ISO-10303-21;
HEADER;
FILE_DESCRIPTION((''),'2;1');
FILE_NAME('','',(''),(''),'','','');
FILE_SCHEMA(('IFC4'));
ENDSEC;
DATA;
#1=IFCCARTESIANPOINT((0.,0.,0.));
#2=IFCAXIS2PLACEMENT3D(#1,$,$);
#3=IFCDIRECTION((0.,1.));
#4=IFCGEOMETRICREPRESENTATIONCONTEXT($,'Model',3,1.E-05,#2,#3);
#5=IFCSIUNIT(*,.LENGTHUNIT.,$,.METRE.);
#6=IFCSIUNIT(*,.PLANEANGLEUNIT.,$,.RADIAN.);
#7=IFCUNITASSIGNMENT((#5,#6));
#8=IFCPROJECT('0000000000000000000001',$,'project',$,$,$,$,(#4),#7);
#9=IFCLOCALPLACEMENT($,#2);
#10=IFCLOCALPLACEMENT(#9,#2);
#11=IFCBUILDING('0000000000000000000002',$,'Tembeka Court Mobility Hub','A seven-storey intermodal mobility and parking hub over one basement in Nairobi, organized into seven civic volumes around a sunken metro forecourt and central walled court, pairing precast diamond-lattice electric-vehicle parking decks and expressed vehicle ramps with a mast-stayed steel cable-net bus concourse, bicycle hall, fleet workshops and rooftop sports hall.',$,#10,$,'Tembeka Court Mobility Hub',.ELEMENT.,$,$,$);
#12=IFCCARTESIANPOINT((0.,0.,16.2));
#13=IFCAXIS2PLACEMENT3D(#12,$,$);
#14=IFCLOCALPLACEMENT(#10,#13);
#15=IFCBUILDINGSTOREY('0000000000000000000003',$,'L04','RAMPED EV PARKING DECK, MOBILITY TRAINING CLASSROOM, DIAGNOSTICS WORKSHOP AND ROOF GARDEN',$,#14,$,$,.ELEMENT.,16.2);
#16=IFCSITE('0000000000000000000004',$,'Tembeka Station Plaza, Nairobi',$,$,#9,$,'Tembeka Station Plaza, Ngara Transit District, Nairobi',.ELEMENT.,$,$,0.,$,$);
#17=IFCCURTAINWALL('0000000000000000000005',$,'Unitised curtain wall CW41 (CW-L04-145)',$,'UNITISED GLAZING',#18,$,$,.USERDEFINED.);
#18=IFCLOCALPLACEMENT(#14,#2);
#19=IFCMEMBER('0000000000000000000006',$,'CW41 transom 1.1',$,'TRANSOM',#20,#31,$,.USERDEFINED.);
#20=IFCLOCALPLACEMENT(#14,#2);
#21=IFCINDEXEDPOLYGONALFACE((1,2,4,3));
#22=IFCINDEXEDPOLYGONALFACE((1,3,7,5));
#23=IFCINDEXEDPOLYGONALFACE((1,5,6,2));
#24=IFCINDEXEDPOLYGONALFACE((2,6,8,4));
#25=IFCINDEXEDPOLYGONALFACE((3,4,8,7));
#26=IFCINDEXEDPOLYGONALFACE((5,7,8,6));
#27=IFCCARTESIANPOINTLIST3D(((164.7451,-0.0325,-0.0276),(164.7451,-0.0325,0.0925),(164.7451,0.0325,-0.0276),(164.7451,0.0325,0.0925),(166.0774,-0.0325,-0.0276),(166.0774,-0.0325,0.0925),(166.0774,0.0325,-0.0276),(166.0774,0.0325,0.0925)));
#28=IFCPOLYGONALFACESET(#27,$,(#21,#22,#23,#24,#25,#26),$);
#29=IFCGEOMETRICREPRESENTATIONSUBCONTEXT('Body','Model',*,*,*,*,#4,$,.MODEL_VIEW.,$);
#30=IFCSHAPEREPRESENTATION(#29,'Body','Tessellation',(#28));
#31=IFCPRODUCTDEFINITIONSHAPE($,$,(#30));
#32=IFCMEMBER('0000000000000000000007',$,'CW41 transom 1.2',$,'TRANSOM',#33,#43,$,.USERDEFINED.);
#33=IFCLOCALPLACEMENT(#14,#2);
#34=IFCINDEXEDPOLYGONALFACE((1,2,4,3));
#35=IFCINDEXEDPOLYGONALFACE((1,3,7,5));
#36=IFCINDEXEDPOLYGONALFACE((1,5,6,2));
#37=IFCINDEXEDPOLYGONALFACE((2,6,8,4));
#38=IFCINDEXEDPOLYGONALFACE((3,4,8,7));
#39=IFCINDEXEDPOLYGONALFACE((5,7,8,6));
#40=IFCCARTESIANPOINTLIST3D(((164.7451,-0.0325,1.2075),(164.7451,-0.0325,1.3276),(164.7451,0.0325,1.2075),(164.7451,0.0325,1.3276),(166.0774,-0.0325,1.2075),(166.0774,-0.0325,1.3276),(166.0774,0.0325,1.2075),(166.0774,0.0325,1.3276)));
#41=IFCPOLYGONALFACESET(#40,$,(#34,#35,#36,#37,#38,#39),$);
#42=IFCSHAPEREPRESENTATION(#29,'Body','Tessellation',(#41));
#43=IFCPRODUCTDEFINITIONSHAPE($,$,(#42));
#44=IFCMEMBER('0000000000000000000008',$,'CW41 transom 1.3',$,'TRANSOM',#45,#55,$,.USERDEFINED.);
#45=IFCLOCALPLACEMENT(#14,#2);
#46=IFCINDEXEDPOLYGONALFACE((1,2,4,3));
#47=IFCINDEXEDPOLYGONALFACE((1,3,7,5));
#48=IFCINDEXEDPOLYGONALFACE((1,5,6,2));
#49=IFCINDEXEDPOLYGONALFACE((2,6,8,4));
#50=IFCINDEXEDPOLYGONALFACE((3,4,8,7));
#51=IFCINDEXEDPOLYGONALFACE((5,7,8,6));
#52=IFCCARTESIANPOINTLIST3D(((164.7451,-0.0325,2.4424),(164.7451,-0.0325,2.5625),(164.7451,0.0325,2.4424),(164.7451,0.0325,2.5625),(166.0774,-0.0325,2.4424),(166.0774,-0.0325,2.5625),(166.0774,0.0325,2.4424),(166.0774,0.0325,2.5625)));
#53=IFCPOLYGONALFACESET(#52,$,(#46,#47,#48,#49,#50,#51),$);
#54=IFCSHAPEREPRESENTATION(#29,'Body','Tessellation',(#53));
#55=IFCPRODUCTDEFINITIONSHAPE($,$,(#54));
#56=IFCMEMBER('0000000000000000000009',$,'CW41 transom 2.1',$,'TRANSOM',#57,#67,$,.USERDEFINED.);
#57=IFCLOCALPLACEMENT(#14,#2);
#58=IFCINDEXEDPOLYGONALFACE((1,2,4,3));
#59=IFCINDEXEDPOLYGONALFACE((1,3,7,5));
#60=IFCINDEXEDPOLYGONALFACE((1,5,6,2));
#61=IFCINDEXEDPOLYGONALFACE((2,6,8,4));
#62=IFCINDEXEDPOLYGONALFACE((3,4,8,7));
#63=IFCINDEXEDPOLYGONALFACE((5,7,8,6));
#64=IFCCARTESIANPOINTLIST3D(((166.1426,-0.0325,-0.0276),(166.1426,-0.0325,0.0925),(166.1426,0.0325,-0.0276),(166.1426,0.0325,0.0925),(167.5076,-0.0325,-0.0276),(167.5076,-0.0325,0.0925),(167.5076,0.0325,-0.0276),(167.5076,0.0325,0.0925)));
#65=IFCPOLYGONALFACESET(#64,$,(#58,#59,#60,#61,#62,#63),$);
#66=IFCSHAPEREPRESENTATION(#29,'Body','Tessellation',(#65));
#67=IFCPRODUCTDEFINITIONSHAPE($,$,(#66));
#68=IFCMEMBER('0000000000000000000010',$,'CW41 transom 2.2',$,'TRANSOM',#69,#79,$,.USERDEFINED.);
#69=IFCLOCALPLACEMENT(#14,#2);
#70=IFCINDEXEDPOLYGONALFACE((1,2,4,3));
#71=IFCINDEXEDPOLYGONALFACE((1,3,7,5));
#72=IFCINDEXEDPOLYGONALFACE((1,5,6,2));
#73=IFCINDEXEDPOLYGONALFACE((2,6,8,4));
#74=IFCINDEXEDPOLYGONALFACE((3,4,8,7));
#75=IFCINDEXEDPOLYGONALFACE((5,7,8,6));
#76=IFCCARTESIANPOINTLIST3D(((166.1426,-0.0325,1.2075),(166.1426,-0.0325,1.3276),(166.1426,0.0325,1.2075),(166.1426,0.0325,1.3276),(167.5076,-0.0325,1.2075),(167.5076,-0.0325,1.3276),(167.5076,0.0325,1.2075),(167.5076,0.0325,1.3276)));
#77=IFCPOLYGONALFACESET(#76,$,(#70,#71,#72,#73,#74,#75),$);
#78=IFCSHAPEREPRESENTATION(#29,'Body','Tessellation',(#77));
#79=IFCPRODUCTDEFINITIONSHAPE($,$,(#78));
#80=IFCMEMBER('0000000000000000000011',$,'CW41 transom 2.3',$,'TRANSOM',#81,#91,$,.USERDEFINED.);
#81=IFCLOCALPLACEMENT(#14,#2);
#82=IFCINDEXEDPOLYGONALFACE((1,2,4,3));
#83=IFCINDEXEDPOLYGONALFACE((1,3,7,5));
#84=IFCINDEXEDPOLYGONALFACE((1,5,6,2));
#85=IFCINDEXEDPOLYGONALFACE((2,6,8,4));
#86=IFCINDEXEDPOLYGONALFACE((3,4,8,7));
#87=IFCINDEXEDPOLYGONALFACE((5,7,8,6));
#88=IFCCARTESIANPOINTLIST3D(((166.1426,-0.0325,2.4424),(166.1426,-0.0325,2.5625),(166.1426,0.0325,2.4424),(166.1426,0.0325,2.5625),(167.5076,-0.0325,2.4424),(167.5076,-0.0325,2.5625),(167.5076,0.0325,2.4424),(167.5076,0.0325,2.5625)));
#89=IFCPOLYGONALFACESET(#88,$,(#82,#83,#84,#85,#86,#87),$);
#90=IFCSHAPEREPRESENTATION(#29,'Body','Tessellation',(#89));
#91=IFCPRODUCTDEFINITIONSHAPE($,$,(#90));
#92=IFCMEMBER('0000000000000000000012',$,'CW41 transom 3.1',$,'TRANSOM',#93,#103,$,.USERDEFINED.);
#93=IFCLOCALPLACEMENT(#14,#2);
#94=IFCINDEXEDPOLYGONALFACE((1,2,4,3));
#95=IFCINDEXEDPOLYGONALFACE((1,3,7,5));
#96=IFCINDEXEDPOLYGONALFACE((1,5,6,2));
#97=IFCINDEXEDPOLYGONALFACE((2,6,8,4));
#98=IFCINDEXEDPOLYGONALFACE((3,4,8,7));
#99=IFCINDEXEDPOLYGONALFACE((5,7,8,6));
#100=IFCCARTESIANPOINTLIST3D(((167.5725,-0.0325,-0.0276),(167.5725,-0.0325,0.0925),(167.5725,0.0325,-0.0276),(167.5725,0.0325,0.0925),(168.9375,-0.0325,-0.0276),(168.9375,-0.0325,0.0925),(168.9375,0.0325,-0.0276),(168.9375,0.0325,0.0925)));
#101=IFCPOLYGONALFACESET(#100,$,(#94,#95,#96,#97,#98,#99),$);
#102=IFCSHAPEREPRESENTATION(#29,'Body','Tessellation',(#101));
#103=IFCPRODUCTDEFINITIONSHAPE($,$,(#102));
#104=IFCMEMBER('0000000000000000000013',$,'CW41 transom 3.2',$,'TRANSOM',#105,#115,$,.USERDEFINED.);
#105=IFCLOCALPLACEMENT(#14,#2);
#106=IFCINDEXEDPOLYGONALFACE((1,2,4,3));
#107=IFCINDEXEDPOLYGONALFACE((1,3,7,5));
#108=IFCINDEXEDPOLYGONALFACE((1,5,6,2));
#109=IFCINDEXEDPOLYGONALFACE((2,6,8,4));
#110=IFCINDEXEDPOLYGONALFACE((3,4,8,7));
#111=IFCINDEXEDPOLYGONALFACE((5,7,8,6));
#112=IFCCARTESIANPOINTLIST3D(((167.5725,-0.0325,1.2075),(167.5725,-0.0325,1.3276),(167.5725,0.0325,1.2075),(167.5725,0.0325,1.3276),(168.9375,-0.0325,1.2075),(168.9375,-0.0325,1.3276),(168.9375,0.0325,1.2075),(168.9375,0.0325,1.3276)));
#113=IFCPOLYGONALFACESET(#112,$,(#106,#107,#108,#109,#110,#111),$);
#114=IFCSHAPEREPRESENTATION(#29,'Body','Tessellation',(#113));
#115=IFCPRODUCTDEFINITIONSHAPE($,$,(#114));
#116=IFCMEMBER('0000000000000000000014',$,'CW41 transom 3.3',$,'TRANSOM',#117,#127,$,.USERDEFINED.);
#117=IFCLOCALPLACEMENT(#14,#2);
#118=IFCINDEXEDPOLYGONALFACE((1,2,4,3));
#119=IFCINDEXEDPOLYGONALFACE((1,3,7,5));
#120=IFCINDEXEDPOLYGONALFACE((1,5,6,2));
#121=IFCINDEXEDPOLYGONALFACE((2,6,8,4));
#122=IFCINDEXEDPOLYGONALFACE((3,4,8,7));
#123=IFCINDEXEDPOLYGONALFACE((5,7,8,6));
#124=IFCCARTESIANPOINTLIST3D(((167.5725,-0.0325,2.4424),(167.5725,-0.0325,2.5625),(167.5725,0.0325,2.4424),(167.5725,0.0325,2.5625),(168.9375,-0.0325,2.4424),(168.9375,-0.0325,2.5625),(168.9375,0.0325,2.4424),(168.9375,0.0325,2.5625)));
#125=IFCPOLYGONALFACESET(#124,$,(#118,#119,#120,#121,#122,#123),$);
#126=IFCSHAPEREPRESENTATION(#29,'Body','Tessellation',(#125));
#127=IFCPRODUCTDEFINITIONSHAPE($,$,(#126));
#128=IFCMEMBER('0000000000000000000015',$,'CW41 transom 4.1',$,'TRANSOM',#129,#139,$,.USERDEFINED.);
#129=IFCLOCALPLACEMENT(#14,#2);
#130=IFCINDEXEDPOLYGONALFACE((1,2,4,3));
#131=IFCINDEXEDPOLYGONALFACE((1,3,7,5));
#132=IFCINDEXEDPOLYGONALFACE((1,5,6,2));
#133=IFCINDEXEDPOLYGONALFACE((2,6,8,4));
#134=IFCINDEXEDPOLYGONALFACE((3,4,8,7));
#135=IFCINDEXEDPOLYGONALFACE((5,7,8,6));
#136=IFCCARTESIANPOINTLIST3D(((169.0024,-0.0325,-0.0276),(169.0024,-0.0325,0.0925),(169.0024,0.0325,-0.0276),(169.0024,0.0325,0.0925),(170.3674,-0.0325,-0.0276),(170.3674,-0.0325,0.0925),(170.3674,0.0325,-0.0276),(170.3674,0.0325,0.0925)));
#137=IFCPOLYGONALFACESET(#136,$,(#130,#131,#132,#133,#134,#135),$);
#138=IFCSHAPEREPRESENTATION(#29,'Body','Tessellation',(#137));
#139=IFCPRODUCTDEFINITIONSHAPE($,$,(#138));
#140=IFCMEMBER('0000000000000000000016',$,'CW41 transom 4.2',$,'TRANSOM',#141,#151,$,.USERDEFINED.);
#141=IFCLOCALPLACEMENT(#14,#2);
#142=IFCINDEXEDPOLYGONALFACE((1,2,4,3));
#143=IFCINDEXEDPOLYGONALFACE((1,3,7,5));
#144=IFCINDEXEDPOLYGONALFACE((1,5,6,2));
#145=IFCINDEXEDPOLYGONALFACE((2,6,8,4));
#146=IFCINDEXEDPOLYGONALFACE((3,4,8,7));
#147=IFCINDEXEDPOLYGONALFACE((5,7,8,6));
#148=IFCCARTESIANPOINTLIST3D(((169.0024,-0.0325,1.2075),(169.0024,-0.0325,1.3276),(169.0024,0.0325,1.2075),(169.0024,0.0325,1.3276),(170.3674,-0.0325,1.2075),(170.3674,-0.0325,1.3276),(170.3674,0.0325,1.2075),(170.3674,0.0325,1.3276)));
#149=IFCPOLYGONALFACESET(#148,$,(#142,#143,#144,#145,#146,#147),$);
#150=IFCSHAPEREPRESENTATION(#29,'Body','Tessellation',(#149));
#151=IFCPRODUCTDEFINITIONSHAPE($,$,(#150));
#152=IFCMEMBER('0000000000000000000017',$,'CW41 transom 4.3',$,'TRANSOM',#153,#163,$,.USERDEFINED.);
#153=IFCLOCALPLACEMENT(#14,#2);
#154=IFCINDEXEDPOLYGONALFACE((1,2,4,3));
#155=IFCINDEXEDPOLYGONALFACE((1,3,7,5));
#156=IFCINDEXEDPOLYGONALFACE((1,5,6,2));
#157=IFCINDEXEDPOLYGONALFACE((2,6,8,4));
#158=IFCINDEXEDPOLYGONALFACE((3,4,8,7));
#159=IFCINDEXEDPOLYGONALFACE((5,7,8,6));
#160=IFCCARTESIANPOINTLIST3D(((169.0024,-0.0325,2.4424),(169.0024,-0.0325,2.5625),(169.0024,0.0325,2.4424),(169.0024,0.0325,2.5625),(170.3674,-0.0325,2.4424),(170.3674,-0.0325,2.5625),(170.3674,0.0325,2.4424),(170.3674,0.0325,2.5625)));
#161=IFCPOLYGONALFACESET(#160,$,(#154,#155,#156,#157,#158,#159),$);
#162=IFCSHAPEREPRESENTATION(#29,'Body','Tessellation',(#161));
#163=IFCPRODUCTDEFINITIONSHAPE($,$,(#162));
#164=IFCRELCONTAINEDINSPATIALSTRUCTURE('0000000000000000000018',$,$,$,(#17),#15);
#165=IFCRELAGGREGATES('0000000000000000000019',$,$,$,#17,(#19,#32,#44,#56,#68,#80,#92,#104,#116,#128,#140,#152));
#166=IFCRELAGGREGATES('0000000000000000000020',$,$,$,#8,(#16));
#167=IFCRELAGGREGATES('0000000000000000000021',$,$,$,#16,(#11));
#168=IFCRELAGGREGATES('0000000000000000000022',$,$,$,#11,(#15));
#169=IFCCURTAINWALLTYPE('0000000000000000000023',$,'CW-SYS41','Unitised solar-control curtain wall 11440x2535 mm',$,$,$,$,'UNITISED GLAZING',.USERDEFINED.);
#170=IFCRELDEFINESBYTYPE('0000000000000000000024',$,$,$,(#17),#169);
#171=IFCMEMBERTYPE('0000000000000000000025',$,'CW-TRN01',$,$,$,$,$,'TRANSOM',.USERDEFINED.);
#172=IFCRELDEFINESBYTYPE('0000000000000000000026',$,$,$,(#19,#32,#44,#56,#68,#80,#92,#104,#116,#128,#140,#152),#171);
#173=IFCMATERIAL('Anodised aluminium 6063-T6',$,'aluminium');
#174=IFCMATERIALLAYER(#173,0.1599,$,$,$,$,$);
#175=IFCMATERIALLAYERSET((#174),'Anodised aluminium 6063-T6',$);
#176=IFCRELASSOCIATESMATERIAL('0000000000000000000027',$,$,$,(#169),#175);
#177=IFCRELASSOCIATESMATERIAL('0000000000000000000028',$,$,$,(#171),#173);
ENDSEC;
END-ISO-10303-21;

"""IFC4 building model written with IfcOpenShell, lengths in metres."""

from ifc_helpers import new_model, si_unit, direction, frame, origin, origin_2d, place, context, subcontext, project, spatial, rectangle, extrude, material, layer, layer_set, material_profile, profile_set, type_object, element, aggregate, save


model = new_model("IFC4")

# Units and contexts
model_context = context("Model", 3, precision=1e-05, world=origin(), true_north=direction((0.0, 1.0)))
body_context = subcontext(model_context, "Body", "Model", "MODEL_VIEW")
ifc_project = project(units=[si_unit("LENGTHUNIT", "METRE"), si_unit("PLANEANGLEUNIT", "RADIAN")], contexts=[model_context])

# Site, building, storey
site_placement = place(None, origin())
site = spatial("IfcSite", under=ifc_project, at=site_placement, Name="Tembeka Station Plaza, Nairobi", LongName="Tembeka Station Plaza, Ngara Transit District, Nairobi", CompositionType="ELEMENT", RefElevation=0.0)
building_placement = place(site_placement, origin())
building = spatial("IfcBuilding", under=site, at=building_placement, Name="Tembeka Court Mobility Hub", Description="A seven-storey intermodal mobility and parking hub over one basement in Nairobi, organized into seven civic volumes around a sunken metro forecourt and central walled court, pairing precast diamond-lattice electric-vehicle parking decks and expressed vehicle ramps with a mast-stayed steel cable-net bus concourse, bicycle hall, fleet workshops and rooftop sports hall.", LongName="Tembeka Court Mobility Hub", CompositionType="ELEMENT")
storey_placement = place(building_placement, frame((0.0, 0.0, 16.2)))
storey = spatial("IfcBuildingStorey", under=building, at=storey_placement, Name="L04", Description="RAMPED EV PARKING DECK, MOBILITY TRAINING CLASSROOM, DIAGNOSTICS WORKSHOP AND ROOF GARDEN", CompositionType="ELEMENT", Elevation=16.2)

# Curtain wall, members
ifc_material_1 = material(Name="Anodised aluminium 6063-T6", Category="aluminium")
ifc_layer_1 = layer(ifc_material_1, 0.1599)
ifc_layer_set_1 = layer_set([ifc_layer_1], Name="Anodised aluminium 6063-T6")
curtain_wall_type = type_object("IfcCurtainWallType", Name="CW-SYS41", Description="Unitised solar-control curtain wall 11440x2535 mm", ElementType="UNITISED GLAZING", PredefinedType="USERDEFINED", material=ifc_layer_set_1)
curtain_wall_placement = place(storey_placement, origin())
curtain_wall = element("IfcCurtainWall", 1, at=curtain_wall_placement, inside=storey, type_object=curtain_wall_type, Name="Unitised curtain wall CW41 (CW-L04-145)", ObjectType="UNITISED GLAZING", PredefinedType="USERDEFINED")
ifc_material_profile_1 = material_profile(ifc_material_1, rectangle(XDim=0.0649, YDim=0.1201, at=origin_2d()), Name="ALU-TRN 65x120")
ifc_profile_set_1 = profile_set([ifc_material_profile_1], Name="Anodised aluminium 6063-T6")
member_type_1 = type_object("IfcMemberType", Name="CW-TRN01", ElementType="TRANSOM", PredefinedType="USERDEFINED", material=ifc_profile_set_1)
member_1_placement = place(storey_placement, frame((164.7451, 0.0, 0.0325), z_axis=(1.0, 0.0, 0.0), x_axis=(0.0, 1.0, 0.0)))
member_1 = element("IfcMember", 2, at=member_1_placement, type_object=member_type_1, Name="CW41 transom 1.1", ObjectType="TRANSOM", PredefinedType="USERDEFINED", context=body_context, shape_type="SweptSolid", body=[
    extrude(rectangle(XDim=0.0649, YDim=0.1201, at=origin_2d()), origin(), (0.0, 0.0, 1.0), 1.3323),
])
member_2_placement = place(storey_placement, frame((164.7451, 0.0, 1.2676), z_axis=(1.0, 0.0, 0.0), x_axis=(0.0, 1.0, 0.0)))
member_2 = element("IfcMember", 3, at=member_2_placement, type_object=member_type_1, Name="CW41 transom 1.2", ObjectType="TRANSOM", PredefinedType="USERDEFINED", context=body_context, shape_type="SweptSolid", body=[
    extrude(rectangle(XDim=0.0649, YDim=0.1201, at=origin_2d()), origin(), (0.0, 0.0, 1.0), 1.3323),
])
member_3_placement = place(storey_placement, frame((164.7451, 0.0, 2.5024), z_axis=(1.0, 0.0, 0.0), x_axis=(0.0, 1.0, 0.0)))
member_3 = element("IfcMember", 4, at=member_3_placement, type_object=member_type_1, Name="CW41 transom 1.3", ObjectType="TRANSOM", PredefinedType="USERDEFINED", context=body_context, shape_type="SweptSolid", body=[
    extrude(rectangle(XDim=0.0649, YDim=0.1201, at=origin_2d()), origin(), (0.0, 0.0, 1.0), 1.3323),
])
member_4_placement = place(storey_placement, frame((166.1426, 0.0, 0.0325), z_axis=(1.0, 0.0, 0.0), x_axis=(0.0, 1.0, 0.0)))
member_4 = element("IfcMember", 5, at=member_4_placement, type_object=member_type_1, Name="CW41 transom 2.1", ObjectType="TRANSOM", PredefinedType="USERDEFINED", context=body_context, shape_type="SweptSolid", body=[
    extrude(rectangle(XDim=0.0649, YDim=0.1201, at=origin_2d()), origin(), (0.0, 0.0, 1.0), 1.365),
])
member_5_placement = place(storey_placement, frame((166.1426, 0.0, 1.2676), z_axis=(1.0, 0.0, 0.0), x_axis=(0.0, 1.0, 0.0)))
member_5 = element("IfcMember", 6, at=member_5_placement, type_object=member_type_1, Name="CW41 transom 2.2", ObjectType="TRANSOM", PredefinedType="USERDEFINED", context=body_context, shape_type="SweptSolid", body=[
    extrude(rectangle(XDim=0.0649, YDim=0.1201, at=origin_2d()), origin(), (0.0, 0.0, 1.0), 1.365),
])
member_6_placement = place(storey_placement, frame((166.1426, 0.0, 2.5024), z_axis=(1.0, 0.0, 0.0), x_axis=(0.0, 1.0, 0.0)))
member_6 = element("IfcMember", 7, at=member_6_placement, type_object=member_type_1, Name="CW41 transom 2.3", ObjectType="TRANSOM", PredefinedType="USERDEFINED", context=body_context, shape_type="SweptSolid", body=[
    extrude(rectangle(XDim=0.0649, YDim=0.1201, at=origin_2d()), origin(), (0.0, 0.0, 1.0), 1.365),
])
member_7_placement = place(storey_placement, frame((167.5725, 0.0, 0.0325), z_axis=(1.0, 0.0, 0.0), x_axis=(0.0, 1.0, 0.0)))
member_7 = element("IfcMember", 8, at=member_7_placement, type_object=member_type_1, Name="CW41 transom 3.1", ObjectType="TRANSOM", PredefinedType="USERDEFINED", context=body_context, shape_type="SweptSolid", body=[
    extrude(rectangle(XDim=0.0649, YDim=0.1201, at=origin_2d()), origin(), (0.0, 0.0, 1.0), 1.365),
])
member_8_placement = place(storey_placement, frame((167.5725, 0.0, 1.2676), z_axis=(1.0, 0.0, 0.0), x_axis=(0.0, 1.0, 0.0)))
member_8 = element("IfcMember", 9, at=member_8_placement, type_object=member_type_1, Name="CW41 transom 3.2", ObjectType="TRANSOM", PredefinedType="USERDEFINED", context=body_context, shape_type="SweptSolid", body=[
    extrude(rectangle(XDim=0.0649, YDim=0.1201, at=origin_2d()), origin(), (0.0, 0.0, 1.0), 1.365),
])
member_9_placement = place(storey_placement, frame((167.5725, 0.0, 2.5024), z_axis=(1.0, 0.0, 0.0), x_axis=(0.0, 1.0, 0.0)))
member_9 = element("IfcMember", 10, at=member_9_placement, type_object=member_type_1, Name="CW41 transom 3.3", ObjectType="TRANSOM", PredefinedType="USERDEFINED", context=body_context, shape_type="SweptSolid", body=[
    extrude(rectangle(XDim=0.0649, YDim=0.1201, at=origin_2d()), origin(), (0.0, 0.0, 1.0), 1.365),
])
member_10_placement = place(storey_placement, frame((169.0024, 0.0, 0.0325), z_axis=(1.0, 0.0, 0.0), x_axis=(0.0, 1.0, 0.0)))
member_10 = element("IfcMember", 11, at=member_10_placement, type_object=member_type_1, Name="CW41 transom 4.1", ObjectType="TRANSOM", PredefinedType="USERDEFINED", context=body_context, shape_type="SweptSolid", body=[
    extrude(rectangle(XDim=0.0649, YDim=0.1201, at=origin_2d()), origin(), (0.0, 0.0, 1.0), 1.365),
])
member_11_placement = place(storey_placement, frame((169.0024, 0.0, 1.2676), z_axis=(1.0, 0.0, 0.0), x_axis=(0.0, 1.0, 0.0)))
member_11 = element("IfcMember", 12, at=member_11_placement, type_object=member_type_1, Name="CW41 transom 4.2", ObjectType="TRANSOM", PredefinedType="USERDEFINED", context=body_context, shape_type="SweptSolid", body=[
    extrude(rectangle(XDim=0.0649, YDim=0.1201, at=origin_2d()), origin(), (0.0, 0.0, 1.0), 1.365),
])
member_12_placement = place(storey_placement, frame((169.0024, 0.0, 2.5024), z_axis=(1.0, 0.0, 0.0), x_axis=(0.0, 1.0, 0.0)))
member_12 = element("IfcMember", 13, at=member_12_placement, type_object=member_type_1, Name="CW41 transom 4.3", ObjectType="TRANSOM", PredefinedType="USERDEFINED", context=body_context, shape_type="SweptSolid", body=[
    extrude(rectangle(XDim=0.0649, YDim=0.1201, at=origin_2d()), origin(), (0.0, 0.0, 1.0), 1.365),
])

aggregate(curtain_wall, [member_1, member_2, member_3, member_4, member_5, member_6, member_7, member_8, member_9, member_10, member_11, member_12])

save(model, "model.ifc")
